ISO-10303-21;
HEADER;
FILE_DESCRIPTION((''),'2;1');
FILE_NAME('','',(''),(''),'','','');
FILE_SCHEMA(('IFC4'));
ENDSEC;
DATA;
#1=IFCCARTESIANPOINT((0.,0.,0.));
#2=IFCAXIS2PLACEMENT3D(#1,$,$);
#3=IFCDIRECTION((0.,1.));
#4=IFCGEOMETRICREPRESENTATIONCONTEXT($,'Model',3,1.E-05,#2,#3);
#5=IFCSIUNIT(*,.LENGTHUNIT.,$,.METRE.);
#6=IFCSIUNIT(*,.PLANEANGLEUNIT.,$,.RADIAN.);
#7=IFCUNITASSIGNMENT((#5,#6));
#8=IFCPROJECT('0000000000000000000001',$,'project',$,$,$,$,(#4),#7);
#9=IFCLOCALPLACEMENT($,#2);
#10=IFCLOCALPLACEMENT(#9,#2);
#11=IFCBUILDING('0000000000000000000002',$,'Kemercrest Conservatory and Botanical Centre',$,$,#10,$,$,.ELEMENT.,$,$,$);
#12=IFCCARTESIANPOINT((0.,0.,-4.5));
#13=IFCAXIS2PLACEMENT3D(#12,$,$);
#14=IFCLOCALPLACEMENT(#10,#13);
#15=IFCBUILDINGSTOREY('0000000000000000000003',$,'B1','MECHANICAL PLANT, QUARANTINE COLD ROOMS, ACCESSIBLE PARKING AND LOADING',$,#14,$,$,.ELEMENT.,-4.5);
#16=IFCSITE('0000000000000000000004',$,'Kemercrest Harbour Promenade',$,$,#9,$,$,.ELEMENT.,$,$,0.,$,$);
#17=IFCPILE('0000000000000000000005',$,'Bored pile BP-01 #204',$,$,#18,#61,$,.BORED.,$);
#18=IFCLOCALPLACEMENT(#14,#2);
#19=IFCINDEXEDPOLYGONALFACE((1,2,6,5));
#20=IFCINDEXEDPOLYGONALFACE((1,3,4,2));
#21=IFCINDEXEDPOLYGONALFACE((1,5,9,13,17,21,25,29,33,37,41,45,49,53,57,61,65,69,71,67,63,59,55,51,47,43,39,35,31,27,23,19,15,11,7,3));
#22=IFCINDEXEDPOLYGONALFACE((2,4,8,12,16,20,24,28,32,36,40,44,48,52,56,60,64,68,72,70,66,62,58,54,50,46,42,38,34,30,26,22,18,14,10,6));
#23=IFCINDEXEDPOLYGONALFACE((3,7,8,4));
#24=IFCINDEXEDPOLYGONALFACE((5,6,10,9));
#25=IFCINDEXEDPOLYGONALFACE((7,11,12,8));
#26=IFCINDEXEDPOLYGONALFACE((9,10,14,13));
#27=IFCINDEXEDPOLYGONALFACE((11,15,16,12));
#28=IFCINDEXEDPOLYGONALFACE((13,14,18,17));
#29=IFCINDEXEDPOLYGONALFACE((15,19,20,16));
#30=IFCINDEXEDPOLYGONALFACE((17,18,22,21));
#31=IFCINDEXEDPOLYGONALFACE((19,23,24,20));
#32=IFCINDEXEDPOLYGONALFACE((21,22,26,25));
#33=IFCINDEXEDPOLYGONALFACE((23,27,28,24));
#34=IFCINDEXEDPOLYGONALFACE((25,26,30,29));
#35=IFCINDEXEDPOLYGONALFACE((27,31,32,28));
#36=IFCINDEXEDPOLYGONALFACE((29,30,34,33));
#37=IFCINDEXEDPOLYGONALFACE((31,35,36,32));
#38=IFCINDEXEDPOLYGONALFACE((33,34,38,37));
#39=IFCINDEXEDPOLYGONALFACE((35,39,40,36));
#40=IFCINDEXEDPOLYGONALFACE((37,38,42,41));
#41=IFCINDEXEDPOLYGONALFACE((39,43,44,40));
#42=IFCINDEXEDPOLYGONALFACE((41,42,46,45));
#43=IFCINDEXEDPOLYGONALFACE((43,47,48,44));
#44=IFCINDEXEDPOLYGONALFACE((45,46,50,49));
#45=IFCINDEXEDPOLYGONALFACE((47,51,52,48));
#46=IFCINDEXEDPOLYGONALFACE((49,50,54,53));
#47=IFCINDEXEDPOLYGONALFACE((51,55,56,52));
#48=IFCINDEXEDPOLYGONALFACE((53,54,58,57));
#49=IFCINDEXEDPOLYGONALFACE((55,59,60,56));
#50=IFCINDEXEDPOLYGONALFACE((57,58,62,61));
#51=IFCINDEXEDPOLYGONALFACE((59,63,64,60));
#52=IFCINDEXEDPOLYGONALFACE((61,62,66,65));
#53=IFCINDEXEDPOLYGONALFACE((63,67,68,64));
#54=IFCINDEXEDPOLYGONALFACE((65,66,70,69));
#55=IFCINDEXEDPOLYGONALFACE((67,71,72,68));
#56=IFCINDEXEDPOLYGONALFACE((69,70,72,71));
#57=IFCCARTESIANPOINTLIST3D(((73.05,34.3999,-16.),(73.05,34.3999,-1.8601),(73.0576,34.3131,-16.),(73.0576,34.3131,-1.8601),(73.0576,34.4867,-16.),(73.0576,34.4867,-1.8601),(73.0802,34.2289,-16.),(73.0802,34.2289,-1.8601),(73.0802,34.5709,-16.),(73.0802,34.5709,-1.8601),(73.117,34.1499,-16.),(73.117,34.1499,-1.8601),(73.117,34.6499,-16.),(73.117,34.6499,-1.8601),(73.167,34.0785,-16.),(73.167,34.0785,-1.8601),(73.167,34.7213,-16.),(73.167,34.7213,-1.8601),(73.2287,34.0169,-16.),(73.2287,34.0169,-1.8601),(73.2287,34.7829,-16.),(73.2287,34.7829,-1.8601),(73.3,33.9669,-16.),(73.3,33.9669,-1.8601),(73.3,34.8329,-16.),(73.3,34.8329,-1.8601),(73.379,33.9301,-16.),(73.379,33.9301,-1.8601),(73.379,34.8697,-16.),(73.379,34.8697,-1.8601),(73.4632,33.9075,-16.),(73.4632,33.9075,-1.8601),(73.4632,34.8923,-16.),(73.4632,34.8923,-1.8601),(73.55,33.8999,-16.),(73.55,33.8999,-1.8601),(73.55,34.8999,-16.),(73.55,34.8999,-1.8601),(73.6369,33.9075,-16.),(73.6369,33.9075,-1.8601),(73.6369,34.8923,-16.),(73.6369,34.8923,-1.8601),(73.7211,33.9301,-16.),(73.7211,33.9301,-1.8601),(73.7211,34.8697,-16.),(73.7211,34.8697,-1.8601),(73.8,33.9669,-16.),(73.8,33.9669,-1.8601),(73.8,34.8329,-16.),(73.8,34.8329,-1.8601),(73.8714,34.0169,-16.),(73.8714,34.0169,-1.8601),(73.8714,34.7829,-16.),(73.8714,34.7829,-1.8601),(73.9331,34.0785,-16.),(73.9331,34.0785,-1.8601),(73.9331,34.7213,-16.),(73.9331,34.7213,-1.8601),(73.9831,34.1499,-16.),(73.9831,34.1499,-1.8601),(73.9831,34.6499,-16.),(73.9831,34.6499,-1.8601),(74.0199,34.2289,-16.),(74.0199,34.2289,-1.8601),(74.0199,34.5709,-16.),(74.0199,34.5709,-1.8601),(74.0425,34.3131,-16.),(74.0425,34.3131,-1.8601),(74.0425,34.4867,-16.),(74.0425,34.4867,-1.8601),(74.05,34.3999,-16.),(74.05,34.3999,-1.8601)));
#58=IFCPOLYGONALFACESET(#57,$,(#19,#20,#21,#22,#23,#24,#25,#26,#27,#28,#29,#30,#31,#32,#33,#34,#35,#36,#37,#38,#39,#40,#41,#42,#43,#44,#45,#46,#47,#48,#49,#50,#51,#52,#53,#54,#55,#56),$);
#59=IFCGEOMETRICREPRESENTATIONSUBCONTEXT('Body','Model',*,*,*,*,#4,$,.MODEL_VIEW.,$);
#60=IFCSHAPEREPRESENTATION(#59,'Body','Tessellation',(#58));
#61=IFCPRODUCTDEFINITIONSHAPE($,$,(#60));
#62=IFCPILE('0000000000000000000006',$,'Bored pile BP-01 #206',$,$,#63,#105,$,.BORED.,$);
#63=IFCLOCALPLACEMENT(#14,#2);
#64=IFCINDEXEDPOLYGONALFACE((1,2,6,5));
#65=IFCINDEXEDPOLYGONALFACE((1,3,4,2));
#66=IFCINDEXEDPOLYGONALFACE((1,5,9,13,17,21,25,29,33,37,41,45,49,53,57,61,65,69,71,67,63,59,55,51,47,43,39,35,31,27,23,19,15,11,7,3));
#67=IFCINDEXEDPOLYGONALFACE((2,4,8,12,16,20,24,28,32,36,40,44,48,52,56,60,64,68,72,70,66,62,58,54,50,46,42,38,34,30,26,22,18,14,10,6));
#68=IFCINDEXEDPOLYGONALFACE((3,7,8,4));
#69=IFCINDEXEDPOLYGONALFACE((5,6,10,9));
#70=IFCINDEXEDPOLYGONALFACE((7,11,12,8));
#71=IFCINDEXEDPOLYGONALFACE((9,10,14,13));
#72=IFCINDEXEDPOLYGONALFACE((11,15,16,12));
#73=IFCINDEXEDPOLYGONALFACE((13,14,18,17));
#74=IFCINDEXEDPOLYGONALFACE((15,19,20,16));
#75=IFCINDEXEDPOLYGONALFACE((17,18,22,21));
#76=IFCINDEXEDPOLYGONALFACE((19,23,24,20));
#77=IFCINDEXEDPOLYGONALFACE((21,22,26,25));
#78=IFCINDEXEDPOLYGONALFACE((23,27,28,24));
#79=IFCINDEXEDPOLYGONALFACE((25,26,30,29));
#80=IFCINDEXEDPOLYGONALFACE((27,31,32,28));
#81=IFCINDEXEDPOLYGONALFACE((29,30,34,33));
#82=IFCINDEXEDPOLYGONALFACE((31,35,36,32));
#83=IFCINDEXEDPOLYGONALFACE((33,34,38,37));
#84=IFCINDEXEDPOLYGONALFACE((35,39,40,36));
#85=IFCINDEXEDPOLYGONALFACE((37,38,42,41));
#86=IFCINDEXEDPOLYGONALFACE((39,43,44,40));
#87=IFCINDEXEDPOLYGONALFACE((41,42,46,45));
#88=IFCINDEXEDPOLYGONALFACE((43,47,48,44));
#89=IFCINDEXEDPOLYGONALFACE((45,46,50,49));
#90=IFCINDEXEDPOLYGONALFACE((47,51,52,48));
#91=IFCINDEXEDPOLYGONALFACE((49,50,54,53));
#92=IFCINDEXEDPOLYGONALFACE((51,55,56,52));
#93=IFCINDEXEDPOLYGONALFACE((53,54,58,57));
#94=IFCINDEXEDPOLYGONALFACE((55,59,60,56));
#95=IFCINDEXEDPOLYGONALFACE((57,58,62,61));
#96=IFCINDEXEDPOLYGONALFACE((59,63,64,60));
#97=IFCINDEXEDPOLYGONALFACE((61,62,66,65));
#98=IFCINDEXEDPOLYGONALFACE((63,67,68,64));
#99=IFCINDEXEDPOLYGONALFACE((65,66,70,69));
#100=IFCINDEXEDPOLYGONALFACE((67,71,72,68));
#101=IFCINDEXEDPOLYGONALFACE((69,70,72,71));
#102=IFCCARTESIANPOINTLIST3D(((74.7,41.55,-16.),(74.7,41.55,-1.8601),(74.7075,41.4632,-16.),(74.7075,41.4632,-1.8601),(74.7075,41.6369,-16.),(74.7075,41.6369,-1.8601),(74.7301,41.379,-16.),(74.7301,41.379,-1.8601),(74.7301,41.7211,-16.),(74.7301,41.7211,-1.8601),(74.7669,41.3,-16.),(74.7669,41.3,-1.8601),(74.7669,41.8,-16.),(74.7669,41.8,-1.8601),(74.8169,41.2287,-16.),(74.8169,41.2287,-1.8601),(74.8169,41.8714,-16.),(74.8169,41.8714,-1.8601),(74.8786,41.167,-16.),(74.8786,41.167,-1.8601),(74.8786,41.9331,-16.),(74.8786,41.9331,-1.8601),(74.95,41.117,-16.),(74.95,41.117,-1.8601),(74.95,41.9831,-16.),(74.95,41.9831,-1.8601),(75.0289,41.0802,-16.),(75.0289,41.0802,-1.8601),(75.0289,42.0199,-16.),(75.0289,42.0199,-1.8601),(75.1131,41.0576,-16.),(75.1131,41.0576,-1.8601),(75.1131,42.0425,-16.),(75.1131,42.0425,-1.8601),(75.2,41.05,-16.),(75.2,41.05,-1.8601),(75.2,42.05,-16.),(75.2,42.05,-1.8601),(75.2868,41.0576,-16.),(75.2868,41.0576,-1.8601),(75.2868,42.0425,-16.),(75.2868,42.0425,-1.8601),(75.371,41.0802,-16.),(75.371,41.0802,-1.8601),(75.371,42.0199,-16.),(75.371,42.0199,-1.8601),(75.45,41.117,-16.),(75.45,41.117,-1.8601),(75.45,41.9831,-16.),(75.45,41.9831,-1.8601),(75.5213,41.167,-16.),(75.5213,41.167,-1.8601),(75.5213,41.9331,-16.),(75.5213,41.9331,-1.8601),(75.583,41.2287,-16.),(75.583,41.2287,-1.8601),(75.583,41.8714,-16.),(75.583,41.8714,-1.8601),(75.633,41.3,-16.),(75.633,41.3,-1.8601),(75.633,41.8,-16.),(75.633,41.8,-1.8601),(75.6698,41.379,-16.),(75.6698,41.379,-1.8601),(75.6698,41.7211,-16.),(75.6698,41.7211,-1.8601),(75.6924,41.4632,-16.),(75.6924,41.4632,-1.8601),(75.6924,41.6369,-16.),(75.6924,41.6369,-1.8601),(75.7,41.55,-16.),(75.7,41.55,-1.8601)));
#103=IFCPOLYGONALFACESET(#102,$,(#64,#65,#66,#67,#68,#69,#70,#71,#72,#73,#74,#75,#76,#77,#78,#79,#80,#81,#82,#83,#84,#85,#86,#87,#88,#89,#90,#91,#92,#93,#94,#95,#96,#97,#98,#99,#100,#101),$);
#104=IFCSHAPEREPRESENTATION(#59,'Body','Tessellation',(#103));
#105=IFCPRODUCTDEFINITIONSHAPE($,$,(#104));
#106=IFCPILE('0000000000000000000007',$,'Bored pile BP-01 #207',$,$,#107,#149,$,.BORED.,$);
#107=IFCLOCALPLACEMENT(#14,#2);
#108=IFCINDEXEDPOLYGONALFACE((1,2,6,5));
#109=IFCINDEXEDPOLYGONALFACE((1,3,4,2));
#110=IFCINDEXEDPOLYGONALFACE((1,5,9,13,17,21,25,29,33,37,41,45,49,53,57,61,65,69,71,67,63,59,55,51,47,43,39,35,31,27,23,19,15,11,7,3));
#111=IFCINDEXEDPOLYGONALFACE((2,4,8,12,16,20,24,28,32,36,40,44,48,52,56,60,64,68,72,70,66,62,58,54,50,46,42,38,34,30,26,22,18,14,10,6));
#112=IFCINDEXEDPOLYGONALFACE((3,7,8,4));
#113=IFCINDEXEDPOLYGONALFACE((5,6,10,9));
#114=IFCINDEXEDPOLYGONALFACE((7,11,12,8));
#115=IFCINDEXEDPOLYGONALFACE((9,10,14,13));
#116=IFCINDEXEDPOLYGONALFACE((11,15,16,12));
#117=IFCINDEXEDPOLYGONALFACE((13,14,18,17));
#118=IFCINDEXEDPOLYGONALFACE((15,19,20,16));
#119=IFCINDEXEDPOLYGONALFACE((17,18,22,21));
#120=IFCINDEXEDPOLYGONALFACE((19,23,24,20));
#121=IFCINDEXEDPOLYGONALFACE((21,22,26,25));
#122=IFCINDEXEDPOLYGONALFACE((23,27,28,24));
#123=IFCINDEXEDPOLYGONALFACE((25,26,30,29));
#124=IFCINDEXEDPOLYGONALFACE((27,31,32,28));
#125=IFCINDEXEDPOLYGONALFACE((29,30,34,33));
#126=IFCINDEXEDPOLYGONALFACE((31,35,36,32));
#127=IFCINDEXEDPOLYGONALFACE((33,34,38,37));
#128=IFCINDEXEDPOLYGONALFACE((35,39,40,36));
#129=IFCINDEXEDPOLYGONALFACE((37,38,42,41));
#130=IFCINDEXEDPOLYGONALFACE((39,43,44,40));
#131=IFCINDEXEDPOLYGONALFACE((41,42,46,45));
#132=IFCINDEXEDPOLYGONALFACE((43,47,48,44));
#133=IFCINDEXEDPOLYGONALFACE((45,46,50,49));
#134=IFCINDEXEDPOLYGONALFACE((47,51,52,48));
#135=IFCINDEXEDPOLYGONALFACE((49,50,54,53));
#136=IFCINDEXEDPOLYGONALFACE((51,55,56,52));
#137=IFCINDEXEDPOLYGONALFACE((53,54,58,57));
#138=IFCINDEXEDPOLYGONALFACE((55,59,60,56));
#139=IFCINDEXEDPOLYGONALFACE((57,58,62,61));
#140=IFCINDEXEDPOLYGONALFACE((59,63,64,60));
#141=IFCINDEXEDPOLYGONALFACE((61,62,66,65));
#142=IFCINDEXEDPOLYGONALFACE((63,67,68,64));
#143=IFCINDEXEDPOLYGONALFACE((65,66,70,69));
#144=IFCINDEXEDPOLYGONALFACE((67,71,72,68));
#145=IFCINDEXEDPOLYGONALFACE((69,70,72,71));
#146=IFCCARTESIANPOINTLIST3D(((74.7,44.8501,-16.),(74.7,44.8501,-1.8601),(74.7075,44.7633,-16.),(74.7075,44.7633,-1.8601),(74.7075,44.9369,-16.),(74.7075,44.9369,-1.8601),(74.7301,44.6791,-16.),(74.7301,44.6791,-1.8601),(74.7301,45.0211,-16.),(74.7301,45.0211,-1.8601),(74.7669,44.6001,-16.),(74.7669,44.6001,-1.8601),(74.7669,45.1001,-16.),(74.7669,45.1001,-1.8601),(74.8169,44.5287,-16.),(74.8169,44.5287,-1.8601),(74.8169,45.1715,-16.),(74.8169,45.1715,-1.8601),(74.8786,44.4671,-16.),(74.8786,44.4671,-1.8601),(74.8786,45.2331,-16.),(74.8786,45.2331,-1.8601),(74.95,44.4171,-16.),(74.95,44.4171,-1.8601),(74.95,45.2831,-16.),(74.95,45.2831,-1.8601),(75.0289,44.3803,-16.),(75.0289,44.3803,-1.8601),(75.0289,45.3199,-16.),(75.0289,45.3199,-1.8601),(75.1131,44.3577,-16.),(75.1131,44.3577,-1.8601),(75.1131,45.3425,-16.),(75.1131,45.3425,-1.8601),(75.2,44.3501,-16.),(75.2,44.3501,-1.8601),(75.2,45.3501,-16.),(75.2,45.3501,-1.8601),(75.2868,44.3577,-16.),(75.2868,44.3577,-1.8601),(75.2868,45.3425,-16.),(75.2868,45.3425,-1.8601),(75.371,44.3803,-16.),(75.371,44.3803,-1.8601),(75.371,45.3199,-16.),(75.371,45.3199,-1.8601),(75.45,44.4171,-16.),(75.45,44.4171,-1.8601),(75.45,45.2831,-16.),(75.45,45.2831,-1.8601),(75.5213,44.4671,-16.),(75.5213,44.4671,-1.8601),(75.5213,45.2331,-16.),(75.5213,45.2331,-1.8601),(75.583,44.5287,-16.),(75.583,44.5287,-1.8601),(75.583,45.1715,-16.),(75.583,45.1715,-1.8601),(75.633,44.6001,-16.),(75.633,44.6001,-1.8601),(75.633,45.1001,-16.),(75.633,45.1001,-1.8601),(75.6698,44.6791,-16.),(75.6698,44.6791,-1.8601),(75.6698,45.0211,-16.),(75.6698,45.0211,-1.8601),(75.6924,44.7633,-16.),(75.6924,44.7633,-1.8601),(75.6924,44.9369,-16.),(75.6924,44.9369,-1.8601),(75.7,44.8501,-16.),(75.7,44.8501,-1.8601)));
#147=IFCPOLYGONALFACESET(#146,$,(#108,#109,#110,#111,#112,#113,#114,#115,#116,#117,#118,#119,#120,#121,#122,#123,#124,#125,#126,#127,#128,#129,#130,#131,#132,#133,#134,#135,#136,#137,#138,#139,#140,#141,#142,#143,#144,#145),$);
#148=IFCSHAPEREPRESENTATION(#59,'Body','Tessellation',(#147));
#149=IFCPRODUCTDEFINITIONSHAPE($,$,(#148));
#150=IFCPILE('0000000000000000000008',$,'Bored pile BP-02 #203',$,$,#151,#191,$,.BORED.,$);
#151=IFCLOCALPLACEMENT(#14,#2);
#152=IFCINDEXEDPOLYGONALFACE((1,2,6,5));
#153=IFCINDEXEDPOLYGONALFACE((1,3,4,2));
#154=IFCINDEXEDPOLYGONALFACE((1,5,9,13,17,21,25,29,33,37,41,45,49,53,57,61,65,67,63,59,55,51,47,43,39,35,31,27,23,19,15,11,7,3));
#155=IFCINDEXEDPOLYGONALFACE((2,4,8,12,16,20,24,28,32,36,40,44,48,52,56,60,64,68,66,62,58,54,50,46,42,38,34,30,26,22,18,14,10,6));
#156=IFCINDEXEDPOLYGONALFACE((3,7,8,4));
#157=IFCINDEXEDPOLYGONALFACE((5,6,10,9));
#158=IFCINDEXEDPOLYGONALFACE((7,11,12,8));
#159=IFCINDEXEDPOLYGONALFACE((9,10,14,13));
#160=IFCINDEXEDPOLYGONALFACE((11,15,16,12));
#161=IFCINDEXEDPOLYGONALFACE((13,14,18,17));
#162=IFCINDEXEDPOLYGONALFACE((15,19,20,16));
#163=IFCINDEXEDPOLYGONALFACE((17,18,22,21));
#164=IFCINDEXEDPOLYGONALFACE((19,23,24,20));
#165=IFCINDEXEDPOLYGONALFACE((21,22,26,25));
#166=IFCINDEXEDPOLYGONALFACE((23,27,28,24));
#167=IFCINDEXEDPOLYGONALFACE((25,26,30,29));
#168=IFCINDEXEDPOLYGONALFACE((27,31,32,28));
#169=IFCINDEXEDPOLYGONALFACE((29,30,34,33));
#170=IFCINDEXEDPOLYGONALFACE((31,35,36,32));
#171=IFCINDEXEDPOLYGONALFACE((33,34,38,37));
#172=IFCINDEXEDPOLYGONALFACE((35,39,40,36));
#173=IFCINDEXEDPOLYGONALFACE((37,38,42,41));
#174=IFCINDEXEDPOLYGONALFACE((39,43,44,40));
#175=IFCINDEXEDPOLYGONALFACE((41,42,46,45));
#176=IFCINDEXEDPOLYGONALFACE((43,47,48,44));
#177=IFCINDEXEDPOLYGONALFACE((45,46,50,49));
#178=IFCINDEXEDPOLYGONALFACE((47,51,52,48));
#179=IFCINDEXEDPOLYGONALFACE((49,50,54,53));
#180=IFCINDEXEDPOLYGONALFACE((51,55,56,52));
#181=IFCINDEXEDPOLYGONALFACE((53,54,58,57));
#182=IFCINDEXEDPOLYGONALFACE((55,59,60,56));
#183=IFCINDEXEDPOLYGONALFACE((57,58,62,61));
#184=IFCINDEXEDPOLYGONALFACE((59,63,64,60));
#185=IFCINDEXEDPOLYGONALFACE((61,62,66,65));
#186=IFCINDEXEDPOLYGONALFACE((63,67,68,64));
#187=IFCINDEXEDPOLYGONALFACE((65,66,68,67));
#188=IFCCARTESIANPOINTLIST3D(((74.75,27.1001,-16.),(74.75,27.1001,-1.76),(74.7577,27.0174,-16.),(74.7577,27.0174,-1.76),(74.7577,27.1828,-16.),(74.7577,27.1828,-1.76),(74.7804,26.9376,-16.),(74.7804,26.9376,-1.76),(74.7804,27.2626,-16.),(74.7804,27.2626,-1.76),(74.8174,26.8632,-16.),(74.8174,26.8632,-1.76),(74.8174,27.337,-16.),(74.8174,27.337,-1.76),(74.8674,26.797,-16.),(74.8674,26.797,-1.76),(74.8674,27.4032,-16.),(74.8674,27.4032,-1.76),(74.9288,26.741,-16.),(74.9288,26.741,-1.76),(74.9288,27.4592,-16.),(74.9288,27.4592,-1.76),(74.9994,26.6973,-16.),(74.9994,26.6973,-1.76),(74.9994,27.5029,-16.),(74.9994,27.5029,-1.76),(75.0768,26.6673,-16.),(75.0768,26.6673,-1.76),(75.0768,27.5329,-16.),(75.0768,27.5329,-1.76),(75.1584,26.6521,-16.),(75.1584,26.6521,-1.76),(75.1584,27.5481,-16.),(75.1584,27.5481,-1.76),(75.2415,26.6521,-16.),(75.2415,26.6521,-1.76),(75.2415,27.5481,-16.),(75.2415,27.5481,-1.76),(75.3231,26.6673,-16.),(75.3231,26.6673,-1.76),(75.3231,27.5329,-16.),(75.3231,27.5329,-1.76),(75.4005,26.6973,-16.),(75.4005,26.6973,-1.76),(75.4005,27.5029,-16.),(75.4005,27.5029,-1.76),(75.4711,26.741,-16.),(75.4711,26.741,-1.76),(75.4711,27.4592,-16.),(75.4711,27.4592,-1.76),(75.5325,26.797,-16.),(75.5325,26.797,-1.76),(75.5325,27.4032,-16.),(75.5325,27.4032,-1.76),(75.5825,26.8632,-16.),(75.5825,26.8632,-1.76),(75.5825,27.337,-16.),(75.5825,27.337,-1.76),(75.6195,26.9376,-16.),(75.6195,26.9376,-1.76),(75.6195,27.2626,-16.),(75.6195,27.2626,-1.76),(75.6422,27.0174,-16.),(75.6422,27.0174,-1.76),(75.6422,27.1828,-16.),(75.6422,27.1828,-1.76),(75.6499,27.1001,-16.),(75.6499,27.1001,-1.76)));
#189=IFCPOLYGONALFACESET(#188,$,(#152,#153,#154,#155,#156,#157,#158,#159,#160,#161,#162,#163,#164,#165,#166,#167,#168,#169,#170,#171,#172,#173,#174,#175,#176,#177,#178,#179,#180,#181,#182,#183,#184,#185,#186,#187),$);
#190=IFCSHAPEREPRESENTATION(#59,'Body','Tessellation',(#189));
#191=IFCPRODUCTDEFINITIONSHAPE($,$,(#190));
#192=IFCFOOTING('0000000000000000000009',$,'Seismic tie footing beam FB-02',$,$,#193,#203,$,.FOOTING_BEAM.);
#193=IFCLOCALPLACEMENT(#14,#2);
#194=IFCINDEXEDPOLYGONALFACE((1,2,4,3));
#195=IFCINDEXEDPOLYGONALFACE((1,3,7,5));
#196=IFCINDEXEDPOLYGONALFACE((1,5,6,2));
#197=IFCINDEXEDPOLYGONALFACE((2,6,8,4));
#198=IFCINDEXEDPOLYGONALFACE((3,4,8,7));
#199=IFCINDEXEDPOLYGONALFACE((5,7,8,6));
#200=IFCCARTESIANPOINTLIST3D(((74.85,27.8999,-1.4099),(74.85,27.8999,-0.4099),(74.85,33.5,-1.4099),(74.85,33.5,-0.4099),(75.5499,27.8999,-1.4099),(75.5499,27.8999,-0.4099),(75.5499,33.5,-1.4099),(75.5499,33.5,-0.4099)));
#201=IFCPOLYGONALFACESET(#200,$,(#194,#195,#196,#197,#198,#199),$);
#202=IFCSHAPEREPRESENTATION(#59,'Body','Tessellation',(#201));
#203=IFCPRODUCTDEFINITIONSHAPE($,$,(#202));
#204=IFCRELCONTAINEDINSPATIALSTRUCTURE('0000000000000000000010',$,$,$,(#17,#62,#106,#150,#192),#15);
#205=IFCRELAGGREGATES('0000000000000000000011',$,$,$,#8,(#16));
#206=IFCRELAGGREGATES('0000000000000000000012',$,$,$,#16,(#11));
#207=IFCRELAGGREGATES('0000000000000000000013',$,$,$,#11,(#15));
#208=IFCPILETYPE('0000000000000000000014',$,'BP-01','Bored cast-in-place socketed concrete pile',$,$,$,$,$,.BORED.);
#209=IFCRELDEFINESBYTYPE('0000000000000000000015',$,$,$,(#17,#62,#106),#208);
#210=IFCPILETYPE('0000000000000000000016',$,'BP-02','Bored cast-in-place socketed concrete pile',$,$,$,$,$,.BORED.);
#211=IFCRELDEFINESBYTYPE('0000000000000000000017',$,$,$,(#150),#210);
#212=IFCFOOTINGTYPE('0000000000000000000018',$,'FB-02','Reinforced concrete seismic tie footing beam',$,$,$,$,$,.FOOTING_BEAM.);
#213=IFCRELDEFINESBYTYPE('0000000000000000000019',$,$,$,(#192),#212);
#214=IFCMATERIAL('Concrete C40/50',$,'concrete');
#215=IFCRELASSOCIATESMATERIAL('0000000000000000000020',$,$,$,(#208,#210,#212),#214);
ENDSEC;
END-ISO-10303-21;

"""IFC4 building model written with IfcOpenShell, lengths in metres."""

from ifc_helpers import new_model, si_unit, direction, frame, origin, origin_2d, place, context, subcontext, project, spatial, rectangle, circle, extrude, material, material_profile, profile_set, type_object, element, save


model = new_model("IFC4")

# Units and contexts
model_context = context("Model", 3, precision=1e-05, world=origin(), true_north=direction((0.0, 1.0)))
body_context = subcontext(model_context, "Body", "Model", "MODEL_VIEW")
ifc_project = project(units=[si_unit("LENGTHUNIT", "METRE"), si_unit("PLANEANGLEUNIT", "RADIAN")], contexts=[model_context])

# Site, building, storey
site_placement = place(None, origin())
site = spatial("IfcSite", under=ifc_project, at=site_placement, Name="Kemercrest Harbour Promenade", CompositionType="ELEMENT", RefElevation=0.0)
building_placement = place(site_placement, origin())
building = spatial("IfcBuilding", under=site, at=building_placement, Name="Kemercrest Conservatory and Botanical Centre", CompositionType="ELEMENT")
storey_placement = place(building_placement, frame((0.0, 0.0, -4.5)))
storey = spatial("IfcBuildingStorey", under=building, at=storey_placement, Name="B1", Description="MECHANICAL PLANT, QUARANTINE COLD ROOMS, ACCESSIBLE PARKING AND LOADING", CompositionType="ELEMENT", Elevation=-4.5)

# Piles
ifc_material_1 = material(Name="Concrete C40/50", Category="concrete")
ifc_material_profile_1 = material_profile(ifc_material_1, circle(Radius=0.5, at=origin_2d()), Name="BORED PILE 1000")
ifc_profile_set_1 = profile_set([ifc_material_profile_1], Name="Concrete C40/50")
pile_type_1 = type_object("IfcPileType", Name="BP-01", Description="Bored cast-in-place socketed concrete pile", PredefinedType="BORED", material=ifc_profile_set_1)
for number, where, z_axis, x_axis, name in (
    (1, (73.55, 34.3999, -1.8601), (0.0, 0.0, -1.0), (1.0, 0.0, 0.0), "Bored pile BP-01 #204"),
    (2, (75.2, 41.55, -1.8601), (0.0, 0.0, -1.0), (1.0, 0.0, 0.0), "Bored pile BP-01 #206"),
    (3, (75.2, 44.8501, -1.8601), (0.0, 0.0, -1.0), (1.0, 0.0, 0.0), "Bored pile BP-01 #207"),
):
    element("IfcPile", number, at=place(storey_placement, frame(where, z_axis=z_axis, x_axis=x_axis)), inside=storey, type_object=pile_type_1, Name=name, PredefinedType="BORED", context=body_context, shape_type="SweptSolid", body=[
        extrude(circle(Radius=0.5, at=origin_2d()), origin(), (0.0, 0.0, 1.0), 14.1399),
    ])
ifc_material_profile_2 = material_profile(ifc_material_1, circle(Radius=0.45, at=origin_2d()), Name="BORED PILE 900")
ifc_profile_set_2 = profile_set([ifc_material_profile_2], Name="Concrete C40/50")
pile_type_2 = type_object("IfcPileType", Name="BP-02", Description="Bored cast-in-place socketed concrete pile", PredefinedType="BORED", material=ifc_profile_set_2)
pile_placement = place(storey_placement, frame((75.2, 27.1001, -1.76), z_axis=(0.0, 0.0, -1.0), x_axis=(1.0, 0.0, 0.0)))
element("IfcPile", 4, at=pile_placement, inside=storey, type_object=pile_type_2, Name="Bored pile BP-02 #203", PredefinedType="BORED", context=body_context, shape_type="SweptSolid", body=[
    extrude(circle(Radius=0.45, at=origin_2d()), origin(), (0.0, 0.0, 1.0), 14.24),
])

# Footing
footing_type_1 = type_object("IfcFootingType", Name="FB-02", Description="Reinforced concrete seismic tie footing beam", PredefinedType="FOOTING_BEAM", material=ifc_material_1)
footing_1_placement = place(storey_placement, frame((75.2, 30.7, -1.4099), z_axis=(0.0, 0.0, 1.0), x_axis=(1.0, 0.0, 0.0)))
element("IfcFooting", 5, at=footing_1_placement, inside=storey, type_object=footing_type_1, Name="Seismic tie footing beam FB-02", PredefinedType="FOOTING_BEAM", context=body_context, shape_type="SweptSolid", body=[
    extrude(rectangle(XDim=0.7, YDim=5.6001, at=origin_2d()), origin(), (0.0, 0.0, 1.0), 1.0),
])

save(model, "model.ifc")
